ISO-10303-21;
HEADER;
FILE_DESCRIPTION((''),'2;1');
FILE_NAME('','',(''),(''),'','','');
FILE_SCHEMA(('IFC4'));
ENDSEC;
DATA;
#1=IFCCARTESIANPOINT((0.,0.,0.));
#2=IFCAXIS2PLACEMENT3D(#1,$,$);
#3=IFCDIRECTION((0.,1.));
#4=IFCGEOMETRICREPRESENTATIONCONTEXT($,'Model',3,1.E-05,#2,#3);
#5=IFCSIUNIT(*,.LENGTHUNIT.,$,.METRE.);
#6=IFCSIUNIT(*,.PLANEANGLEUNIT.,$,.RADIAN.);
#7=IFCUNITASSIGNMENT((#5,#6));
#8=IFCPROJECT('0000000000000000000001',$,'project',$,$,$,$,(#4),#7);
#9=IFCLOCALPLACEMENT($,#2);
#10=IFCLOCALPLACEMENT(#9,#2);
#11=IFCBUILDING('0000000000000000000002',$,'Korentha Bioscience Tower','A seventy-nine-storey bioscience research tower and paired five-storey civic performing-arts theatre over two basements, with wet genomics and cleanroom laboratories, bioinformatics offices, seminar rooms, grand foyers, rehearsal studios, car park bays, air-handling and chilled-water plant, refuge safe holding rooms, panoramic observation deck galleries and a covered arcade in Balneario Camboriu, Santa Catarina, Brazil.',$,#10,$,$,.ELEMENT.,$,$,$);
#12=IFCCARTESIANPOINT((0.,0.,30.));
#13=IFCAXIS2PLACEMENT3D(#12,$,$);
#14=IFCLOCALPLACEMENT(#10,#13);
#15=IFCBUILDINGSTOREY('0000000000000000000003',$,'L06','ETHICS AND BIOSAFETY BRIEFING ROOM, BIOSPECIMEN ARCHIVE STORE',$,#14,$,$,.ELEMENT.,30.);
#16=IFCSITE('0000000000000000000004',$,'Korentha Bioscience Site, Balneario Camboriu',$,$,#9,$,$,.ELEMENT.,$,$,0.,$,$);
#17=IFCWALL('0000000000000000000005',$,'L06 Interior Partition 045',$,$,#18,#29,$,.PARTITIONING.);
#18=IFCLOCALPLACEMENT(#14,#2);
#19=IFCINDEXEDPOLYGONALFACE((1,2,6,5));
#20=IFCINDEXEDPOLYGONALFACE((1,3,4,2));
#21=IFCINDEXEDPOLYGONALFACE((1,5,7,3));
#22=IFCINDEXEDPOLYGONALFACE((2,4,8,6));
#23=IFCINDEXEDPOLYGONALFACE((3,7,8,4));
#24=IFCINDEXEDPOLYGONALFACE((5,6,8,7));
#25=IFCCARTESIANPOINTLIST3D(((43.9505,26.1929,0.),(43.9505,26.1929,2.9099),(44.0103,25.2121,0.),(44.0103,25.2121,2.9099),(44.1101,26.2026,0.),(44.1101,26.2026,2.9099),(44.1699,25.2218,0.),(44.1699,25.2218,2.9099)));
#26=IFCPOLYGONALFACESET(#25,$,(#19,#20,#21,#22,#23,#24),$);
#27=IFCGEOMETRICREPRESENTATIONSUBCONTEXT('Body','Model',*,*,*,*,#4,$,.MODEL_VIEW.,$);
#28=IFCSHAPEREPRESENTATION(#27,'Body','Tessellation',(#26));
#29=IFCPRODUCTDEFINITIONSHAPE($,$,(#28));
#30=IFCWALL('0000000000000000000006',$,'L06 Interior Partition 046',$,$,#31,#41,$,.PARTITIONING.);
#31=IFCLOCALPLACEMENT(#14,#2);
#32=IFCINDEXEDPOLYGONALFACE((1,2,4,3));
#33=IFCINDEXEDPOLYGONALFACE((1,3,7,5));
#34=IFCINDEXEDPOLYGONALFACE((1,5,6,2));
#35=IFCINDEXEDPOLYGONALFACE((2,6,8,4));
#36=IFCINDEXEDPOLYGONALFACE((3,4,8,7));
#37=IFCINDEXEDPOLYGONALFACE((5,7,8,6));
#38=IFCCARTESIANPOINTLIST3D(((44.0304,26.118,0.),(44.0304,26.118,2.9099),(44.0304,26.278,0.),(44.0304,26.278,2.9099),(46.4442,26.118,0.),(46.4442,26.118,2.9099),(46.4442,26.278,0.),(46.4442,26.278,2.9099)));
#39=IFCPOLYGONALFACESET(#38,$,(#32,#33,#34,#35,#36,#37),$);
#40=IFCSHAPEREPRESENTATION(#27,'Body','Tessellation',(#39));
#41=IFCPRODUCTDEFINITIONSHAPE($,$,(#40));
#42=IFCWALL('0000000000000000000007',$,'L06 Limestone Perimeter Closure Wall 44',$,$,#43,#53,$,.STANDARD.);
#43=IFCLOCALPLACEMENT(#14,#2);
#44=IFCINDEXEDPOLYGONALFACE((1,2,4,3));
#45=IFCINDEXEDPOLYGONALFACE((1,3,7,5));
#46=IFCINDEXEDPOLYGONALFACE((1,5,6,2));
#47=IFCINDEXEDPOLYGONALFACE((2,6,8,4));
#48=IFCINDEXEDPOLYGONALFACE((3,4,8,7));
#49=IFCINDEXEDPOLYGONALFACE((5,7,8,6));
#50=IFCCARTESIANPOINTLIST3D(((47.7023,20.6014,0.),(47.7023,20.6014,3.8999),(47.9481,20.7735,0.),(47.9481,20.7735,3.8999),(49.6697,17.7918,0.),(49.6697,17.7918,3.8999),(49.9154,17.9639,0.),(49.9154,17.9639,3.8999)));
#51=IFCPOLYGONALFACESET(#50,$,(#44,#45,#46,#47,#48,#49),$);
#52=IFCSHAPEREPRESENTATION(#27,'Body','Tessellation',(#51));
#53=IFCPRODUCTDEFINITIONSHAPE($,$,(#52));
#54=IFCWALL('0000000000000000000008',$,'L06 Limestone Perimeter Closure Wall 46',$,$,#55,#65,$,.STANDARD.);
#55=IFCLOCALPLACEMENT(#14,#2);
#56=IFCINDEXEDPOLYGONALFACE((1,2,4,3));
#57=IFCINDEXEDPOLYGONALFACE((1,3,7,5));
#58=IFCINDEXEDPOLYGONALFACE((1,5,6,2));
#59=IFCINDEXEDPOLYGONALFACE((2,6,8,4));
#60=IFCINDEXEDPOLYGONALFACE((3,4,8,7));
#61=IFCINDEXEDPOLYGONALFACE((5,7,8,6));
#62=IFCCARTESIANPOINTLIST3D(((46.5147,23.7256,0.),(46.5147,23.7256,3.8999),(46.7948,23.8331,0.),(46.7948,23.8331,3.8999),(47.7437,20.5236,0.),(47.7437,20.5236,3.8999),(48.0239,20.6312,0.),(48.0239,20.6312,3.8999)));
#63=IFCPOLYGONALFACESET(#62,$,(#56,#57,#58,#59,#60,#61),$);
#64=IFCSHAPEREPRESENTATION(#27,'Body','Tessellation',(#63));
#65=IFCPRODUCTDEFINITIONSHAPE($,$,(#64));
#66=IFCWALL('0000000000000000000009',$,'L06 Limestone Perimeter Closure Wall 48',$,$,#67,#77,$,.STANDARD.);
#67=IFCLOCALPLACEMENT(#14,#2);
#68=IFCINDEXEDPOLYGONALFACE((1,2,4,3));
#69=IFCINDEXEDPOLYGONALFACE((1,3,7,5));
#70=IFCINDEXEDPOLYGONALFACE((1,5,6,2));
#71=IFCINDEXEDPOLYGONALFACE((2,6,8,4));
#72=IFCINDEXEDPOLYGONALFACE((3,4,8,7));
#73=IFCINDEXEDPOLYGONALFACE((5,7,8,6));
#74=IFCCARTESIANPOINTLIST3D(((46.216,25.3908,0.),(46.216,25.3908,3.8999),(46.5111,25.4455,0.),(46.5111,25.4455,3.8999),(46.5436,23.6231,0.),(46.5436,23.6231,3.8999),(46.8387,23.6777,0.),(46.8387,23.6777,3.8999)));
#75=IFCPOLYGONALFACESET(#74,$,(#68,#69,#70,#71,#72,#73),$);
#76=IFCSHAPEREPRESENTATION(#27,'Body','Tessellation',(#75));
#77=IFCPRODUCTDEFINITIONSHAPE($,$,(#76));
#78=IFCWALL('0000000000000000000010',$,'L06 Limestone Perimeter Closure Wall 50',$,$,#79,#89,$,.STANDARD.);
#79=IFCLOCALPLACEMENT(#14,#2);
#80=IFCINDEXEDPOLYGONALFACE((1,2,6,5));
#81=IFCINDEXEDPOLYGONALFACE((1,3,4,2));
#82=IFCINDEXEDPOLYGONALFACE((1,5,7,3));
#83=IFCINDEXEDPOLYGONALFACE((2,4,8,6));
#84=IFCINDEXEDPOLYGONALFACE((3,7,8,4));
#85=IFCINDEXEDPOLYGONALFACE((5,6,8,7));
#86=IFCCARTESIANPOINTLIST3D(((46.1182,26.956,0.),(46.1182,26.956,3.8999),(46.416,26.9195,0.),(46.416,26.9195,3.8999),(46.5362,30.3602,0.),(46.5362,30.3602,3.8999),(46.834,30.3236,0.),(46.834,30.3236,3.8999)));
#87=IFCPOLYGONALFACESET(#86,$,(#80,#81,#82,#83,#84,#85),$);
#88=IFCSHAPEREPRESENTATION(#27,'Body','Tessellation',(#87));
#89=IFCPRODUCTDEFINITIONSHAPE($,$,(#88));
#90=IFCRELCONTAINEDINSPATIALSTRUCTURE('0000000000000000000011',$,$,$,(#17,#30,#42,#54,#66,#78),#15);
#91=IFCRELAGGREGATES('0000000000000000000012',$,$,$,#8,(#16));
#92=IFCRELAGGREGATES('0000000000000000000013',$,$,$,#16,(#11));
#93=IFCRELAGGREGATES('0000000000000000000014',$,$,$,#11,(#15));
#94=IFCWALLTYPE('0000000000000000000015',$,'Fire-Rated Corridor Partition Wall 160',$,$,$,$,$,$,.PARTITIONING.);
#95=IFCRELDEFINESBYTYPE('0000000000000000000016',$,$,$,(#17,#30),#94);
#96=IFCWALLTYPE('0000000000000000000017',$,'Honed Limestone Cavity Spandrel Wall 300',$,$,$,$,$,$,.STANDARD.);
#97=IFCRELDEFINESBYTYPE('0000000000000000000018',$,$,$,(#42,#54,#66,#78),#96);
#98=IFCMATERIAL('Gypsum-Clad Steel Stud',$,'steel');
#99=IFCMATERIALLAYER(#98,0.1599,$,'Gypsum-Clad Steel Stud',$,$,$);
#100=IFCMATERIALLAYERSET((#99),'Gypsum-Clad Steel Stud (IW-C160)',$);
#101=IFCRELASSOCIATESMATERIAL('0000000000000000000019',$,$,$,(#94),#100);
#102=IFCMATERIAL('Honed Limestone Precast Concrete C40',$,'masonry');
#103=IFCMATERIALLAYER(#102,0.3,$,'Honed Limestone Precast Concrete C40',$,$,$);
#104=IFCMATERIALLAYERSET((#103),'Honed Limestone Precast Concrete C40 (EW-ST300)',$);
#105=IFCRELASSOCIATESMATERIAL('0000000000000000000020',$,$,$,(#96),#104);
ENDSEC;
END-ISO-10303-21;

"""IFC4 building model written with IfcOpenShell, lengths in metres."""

from ifc_helpers import new_model, si_unit, direction, frame, frame_2d, origin, place, context, subcontext, project, spatial, rectangle, extrude, material, layer, layer_set, type_object, element, save


model = new_model("IFC4")

# Units and contexts
model_context = context("Model", 3, precision=1e-05, world=origin(), true_north=direction((0.0, 1.0)))
body_context = subcontext(model_context, "Body", "Model", "MODEL_VIEW")
ifc_project = project(units=[si_unit("LENGTHUNIT", "METRE"), si_unit("PLANEANGLEUNIT", "RADIAN")], contexts=[model_context])

# Site, building, storey
site_placement = place(None, origin())
site = spatial("IfcSite", under=ifc_project, at=site_placement, Name="Korentha Bioscience Site, Balneario Camboriu", CompositionType="ELEMENT", RefElevation=0.0)
building_placement = place(site_placement, origin())
building = spatial("IfcBuilding", under=site, at=building_placement, Name="Korentha Bioscience Tower", Description="A seventy-nine-storey bioscience research tower and paired five-storey civic performing-arts theatre over two basements, with wet genomics and cleanroom laboratories, bioinformatics offices, seminar rooms, grand foyers, rehearsal studios, car park bays, air-handling and chilled-water plant, refuge safe holding rooms, panoramic observation deck galleries and a covered arcade in Balneario Camboriu, Santa Catarina, Brazil.", CompositionType="ELEMENT")
storey_placement = place(building_placement, frame((0.0, 0.0, 30.0)))
storey = spatial("IfcBuildingStorey", under=building, at=storey_placement, Name="L06", Description="ETHICS AND BIOSAFETY BRIEFING ROOM, BIOSPECIMEN ARCHIVE STORE", CompositionType="ELEMENT", Elevation=30.0)

# Shared definitions
ifc_material_1 = material(Name="Gypsum-Clad Steel Stud", Category="steel")
ifc_layer_1 = layer(ifc_material_1, 0.1599, Name="Gypsum-Clad Steel Stud")
ifc_layer_set_1 = layer_set([ifc_layer_1], Name="Gypsum-Clad Steel Stud (IW-C160)")
wall_type_1 = type_object("IfcWallType", Name="Fire-Rated Corridor Partition Wall 160", PredefinedType="PARTITIONING", material=ifc_layer_set_1)

# Walls
wall_1_placement = place(storey_placement, frame((44.0901, 25.217, 0.0), z_axis=(0.0, 0.0, 1.0), x_axis=(-0.060863, 0.998146, 0.0)))
element("IfcWall", 1, at=wall_1_placement, inside=storey, type_object=wall_type_1, Name="L06 Interior Partition 045", PredefinedType="PARTITIONING", context=body_context, shape_type="SweptSolid", body=[
    extrude(rectangle(XDim=0.9827, YDim=0.1599, at=frame_2d((0.4912, 0.0))), origin(), (0.0, 0.0, 1.0), 2.9099),
])
wall_2_placement = place(storey_placement, frame((44.0303, 26.198, 0.0), z_axis=(0.0, 0.0, 1.0), x_axis=(1.0, 0.0, 0.0)))
element("IfcWall", 2, at=wall_2_placement, inside=storey, type_object=wall_type_1, Name="L06 Interior Partition 046", PredefinedType="PARTITIONING", context=body_context, shape_type="SweptSolid", body=[
    extrude(rectangle(XDim=2.4138, YDim=0.1599, at=frame_2d((1.207, 0.0))), origin(), (0.0, 0.0, 1.0), 2.9099),
])
ifc_material_2 = material(Name="Honed Limestone Precast Concrete C40", Category="masonry")
ifc_layer_2 = layer(ifc_material_2, 0.3, Name="Honed Limestone Precast Concrete C40")
ifc_layer_set_2 = layer_set([ifc_layer_2], Name="Honed Limestone Precast Concrete C40 (EW-ST300)")
wall_type_2 = type_object("IfcWallType", Name="Honed Limestone Cavity Spandrel Wall 300", PredefinedType="STANDARD", material=ifc_layer_set_2)
wall_3_placement = place(storey_placement, frame((49.7925, 17.8779, 0.0), z_axis=(0.0, 0.0, 1.0), x_axis=(-0.573577, 0.819152, 0.0)))
element("IfcWall", 3, at=wall_3_placement, inside=storey, type_object=wall_type_2, Name="L06 Limestone Perimeter Closure Wall 44", PredefinedType="STANDARD", context=body_context, shape_type="SweptSolid", body=[
    extrude(rectangle(XDim=3.4299, YDim=0.3, at=frame_2d((1.7148, 0.0))), origin(), (0.0, 0.0, 1.0), 3.8999),
])
wall_4_placement = place(storey_placement, frame((47.8838, 20.5774, 0.0), z_axis=(0.0, 0.0, 1.0), x_axis=(-0.358345, 0.933589, 0.0)))
element("IfcWall", 4, at=wall_4_placement, inside=storey, type_object=wall_type_2, Name="L06 Limestone Perimeter Closure Wall 46", PredefinedType="STANDARD", context=body_context, shape_type="SweptSolid", body=[
    extrude(rectangle(XDim=3.4297, YDim=0.3, at=frame_2d((1.7148, 0.0))), origin(), (0.0, 0.0, 1.0), 3.8999),
])
wall_5_placement = place(storey_placement, frame((46.6912, 23.6504, 0.0), z_axis=(0.0, 0.0, 1.0), x_axis=(-0.18223, 0.983256, 0.0)))
element("IfcWall", 5, at=wall_5_placement, inside=storey, type_object=wall_type_2, Name="L06 Limestone Perimeter Closure Wall 48", PredefinedType="STANDARD", context=body_context, shape_type="SweptSolid", body=[
    extrude(rectangle(XDim=1.7979, YDim=0.3, at=frame_2d((0.8989, 0.0))), origin(), (0.0, 0.0, 1.0), 3.8999),
])
wall_6_placement = place(storey_placement, frame((46.2671, 26.9377, 0.0), z_axis=(0.0, 0.0, 1.0), x_axis=(0.12187, 0.992546, 0.0)))
element("IfcWall", 6, at=wall_6_placement, inside=storey, type_object=wall_type_2, Name="L06 Limestone Perimeter Closure Wall 50", PredefinedType="STANDARD", context=body_context, shape_type="SweptSolid", body=[
    extrude(rectangle(XDim=3.4297, YDim=0.3, at=frame_2d((1.7148, 0.0))), origin(), (0.0, 0.0, 1.0), 3.8999),
])

save(model, "model.ifc")
